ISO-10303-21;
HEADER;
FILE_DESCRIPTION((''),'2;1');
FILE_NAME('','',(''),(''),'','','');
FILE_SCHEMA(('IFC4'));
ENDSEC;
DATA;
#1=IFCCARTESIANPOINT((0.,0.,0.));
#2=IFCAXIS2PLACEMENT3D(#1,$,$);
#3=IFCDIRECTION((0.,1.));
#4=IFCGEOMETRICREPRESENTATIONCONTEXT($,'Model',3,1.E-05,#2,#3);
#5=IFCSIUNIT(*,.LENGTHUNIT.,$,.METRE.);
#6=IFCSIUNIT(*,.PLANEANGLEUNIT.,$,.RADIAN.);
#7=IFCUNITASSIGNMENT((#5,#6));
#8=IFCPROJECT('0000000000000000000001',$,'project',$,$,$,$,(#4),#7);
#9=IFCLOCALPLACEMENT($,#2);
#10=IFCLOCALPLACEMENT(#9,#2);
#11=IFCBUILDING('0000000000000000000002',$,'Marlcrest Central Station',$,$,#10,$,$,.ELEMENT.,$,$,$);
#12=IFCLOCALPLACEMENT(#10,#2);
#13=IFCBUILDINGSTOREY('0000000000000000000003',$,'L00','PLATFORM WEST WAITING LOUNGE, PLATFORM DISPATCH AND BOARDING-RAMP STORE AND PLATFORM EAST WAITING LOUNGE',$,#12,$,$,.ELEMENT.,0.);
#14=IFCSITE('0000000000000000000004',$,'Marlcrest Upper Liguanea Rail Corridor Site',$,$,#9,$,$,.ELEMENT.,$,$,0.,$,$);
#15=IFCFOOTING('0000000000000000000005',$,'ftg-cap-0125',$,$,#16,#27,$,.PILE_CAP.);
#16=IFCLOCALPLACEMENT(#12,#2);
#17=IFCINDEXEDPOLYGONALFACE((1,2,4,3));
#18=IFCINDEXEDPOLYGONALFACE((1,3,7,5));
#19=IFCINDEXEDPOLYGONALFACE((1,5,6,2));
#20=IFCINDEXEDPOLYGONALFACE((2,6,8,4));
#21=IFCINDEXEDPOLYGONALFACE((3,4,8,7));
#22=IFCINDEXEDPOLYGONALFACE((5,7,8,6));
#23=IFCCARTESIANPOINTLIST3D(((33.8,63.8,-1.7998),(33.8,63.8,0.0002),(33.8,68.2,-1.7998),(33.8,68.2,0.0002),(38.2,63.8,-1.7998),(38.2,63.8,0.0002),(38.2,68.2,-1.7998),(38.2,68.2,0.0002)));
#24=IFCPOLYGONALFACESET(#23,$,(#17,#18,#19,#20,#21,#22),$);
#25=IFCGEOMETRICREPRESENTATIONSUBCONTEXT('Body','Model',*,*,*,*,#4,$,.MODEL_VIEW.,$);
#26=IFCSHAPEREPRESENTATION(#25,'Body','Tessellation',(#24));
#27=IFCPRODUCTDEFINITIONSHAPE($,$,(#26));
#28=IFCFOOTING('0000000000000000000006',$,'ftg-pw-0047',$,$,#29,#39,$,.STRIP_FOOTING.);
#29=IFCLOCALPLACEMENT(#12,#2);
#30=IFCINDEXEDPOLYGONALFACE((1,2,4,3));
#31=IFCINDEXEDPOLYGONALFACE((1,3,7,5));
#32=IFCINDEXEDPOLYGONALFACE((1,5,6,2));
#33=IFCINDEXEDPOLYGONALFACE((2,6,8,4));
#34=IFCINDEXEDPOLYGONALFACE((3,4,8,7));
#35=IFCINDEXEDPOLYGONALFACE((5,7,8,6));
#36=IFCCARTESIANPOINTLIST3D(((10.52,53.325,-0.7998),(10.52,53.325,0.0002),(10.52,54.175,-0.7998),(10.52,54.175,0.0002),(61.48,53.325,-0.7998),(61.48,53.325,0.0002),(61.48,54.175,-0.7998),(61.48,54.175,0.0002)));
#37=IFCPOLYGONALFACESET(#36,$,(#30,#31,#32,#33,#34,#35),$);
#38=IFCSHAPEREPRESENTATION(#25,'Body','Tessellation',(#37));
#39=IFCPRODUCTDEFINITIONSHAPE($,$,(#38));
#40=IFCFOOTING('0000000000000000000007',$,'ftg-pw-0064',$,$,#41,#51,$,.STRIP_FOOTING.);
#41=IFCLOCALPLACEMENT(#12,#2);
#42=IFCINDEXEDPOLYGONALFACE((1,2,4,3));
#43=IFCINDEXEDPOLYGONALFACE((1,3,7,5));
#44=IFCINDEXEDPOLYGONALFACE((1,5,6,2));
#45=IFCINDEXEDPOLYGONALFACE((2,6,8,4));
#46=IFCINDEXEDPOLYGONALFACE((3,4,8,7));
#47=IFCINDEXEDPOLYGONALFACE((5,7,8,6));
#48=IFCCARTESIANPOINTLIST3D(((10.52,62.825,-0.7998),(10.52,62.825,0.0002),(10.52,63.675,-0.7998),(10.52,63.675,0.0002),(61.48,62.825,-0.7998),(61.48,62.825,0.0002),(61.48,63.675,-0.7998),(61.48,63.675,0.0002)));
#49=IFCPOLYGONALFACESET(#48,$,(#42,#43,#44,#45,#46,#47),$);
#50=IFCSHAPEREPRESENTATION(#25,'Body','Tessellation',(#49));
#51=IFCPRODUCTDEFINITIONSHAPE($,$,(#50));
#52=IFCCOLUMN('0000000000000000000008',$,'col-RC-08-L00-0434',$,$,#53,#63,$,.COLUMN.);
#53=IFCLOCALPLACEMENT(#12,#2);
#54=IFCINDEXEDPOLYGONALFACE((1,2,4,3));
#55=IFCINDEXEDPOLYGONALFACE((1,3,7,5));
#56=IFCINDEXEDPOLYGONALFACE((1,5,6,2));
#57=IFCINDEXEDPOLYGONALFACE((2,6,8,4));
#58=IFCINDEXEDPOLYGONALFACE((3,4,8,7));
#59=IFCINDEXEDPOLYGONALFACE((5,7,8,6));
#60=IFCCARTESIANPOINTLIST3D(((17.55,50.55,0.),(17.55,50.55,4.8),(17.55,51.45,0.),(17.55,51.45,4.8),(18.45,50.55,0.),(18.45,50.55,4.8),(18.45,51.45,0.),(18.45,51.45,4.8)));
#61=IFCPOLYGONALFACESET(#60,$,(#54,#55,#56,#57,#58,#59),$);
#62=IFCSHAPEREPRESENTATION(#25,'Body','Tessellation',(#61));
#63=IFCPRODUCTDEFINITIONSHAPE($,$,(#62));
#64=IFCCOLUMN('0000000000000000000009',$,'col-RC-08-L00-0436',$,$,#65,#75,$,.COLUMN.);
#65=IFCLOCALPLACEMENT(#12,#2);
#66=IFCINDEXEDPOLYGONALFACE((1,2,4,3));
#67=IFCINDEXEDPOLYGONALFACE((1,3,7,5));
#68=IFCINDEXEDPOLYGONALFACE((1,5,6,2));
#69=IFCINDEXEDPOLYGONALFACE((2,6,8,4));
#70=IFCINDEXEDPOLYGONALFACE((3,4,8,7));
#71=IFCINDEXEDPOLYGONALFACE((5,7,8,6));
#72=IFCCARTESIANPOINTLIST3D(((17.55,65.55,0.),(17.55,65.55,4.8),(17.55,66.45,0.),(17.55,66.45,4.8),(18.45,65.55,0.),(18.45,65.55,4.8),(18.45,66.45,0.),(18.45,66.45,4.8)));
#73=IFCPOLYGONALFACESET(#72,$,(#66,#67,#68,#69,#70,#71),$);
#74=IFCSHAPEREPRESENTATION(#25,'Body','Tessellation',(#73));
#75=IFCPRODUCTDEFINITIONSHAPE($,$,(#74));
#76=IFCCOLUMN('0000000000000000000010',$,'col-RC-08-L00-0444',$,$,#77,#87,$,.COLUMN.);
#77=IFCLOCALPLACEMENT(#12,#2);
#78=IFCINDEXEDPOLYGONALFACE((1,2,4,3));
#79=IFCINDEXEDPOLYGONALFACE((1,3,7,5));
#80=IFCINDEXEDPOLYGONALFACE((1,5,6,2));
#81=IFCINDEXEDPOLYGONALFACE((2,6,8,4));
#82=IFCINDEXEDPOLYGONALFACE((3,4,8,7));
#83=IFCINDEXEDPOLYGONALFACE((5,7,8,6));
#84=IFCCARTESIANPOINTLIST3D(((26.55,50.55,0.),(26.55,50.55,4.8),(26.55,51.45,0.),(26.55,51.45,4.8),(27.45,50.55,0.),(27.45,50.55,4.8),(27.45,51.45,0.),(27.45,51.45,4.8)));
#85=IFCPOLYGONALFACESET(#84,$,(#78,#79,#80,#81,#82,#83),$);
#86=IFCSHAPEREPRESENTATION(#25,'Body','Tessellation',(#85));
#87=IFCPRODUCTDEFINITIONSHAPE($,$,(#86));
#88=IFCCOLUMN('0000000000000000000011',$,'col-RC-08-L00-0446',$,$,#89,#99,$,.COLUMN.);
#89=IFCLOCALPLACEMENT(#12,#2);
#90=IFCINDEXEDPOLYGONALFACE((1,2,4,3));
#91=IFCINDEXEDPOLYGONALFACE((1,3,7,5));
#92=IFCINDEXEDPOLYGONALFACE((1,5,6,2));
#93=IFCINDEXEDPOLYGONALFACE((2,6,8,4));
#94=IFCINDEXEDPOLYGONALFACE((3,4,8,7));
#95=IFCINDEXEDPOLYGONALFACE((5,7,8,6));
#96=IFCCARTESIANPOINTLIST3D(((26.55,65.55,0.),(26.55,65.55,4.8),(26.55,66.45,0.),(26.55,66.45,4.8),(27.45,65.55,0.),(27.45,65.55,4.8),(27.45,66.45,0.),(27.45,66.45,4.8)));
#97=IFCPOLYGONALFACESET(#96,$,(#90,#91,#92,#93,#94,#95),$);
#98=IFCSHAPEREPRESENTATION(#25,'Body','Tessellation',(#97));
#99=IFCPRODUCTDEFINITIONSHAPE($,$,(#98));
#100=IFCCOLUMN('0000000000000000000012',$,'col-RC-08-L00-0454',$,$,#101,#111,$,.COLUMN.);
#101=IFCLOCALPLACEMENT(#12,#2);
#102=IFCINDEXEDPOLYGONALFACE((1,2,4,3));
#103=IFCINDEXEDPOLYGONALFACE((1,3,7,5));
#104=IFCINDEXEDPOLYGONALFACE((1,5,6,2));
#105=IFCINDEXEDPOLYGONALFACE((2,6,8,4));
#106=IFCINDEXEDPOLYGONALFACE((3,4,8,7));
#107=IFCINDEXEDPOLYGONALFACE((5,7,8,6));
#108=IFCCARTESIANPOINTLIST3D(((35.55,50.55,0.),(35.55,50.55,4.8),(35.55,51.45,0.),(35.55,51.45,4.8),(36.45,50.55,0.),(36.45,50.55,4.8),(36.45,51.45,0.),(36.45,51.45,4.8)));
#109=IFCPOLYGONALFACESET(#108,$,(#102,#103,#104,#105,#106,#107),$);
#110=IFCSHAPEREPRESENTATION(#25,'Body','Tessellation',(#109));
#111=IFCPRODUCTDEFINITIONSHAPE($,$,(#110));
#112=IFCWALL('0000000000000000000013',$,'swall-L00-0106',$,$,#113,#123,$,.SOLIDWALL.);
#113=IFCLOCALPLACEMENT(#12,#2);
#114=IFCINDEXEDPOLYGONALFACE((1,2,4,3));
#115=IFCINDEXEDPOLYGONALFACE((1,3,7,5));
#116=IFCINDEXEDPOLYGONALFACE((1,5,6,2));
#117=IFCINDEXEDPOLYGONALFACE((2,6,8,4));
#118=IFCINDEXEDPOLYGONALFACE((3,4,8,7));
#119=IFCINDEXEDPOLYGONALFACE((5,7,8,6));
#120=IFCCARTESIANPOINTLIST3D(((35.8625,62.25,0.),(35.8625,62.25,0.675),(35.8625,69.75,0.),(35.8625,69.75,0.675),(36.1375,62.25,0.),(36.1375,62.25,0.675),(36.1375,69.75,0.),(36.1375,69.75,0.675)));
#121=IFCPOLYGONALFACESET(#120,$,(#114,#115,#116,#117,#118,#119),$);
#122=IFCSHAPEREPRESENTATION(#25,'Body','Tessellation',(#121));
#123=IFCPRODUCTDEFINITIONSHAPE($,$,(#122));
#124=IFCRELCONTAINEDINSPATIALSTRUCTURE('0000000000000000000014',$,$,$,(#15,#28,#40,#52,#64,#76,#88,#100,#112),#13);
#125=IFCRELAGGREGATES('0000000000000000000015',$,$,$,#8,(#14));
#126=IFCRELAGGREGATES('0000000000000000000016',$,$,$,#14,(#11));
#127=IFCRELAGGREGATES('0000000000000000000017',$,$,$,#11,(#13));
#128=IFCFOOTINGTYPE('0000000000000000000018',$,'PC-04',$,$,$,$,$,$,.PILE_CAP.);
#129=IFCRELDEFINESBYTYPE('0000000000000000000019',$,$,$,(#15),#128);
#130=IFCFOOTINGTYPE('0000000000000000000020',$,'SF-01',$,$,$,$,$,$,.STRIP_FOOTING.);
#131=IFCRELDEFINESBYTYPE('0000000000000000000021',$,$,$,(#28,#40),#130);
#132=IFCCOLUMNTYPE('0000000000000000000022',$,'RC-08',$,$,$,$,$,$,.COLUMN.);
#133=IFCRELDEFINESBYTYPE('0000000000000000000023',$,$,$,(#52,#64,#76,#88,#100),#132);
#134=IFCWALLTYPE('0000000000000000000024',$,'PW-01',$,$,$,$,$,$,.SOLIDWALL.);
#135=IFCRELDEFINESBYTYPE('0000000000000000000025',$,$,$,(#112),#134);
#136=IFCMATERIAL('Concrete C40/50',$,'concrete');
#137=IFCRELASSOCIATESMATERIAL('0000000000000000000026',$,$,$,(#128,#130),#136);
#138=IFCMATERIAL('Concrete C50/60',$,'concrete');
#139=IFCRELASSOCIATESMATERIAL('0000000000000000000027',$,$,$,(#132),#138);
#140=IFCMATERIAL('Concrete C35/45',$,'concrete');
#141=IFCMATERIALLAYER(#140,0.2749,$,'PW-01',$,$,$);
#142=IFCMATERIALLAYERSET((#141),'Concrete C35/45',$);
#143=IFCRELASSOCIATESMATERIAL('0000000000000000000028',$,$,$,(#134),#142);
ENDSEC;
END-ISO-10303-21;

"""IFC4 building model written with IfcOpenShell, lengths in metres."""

from ifc_helpers import new_model, si_unit, direction, frame, frame_2d, origin, origin_2d, place, context, subcontext, project, spatial, rectangle, extrude, material, layer, layer_set, material_profile, profile_set, type_object, element, save


model = new_model("IFC4")

# Units and contexts
model_context = context("Model", 3, precision=1e-05, world=origin(), true_north=direction((0.0, 1.0)))
body_context = subcontext(model_context, "Body", "Model", "MODEL_VIEW")
ifc_project = project(units=[si_unit("LENGTHUNIT", "METRE"), si_unit("PLANEANGLEUNIT", "RADIAN")], contexts=[model_context])

# Site, building, storey
site_placement = place(None, origin())
site = spatial("IfcSite", under=ifc_project, at=site_placement, Name="Marlcrest Upper Liguanea Rail Corridor Site", CompositionType="ELEMENT", RefElevation=0.0)
building_placement = place(site_placement, origin())
building = spatial("IfcBuilding", under=site, at=building_placement, Name="Marlcrest Central Station", CompositionType="ELEMENT")
storey_placement = place(building_placement, origin())
storey = spatial("IfcBuildingStorey", under=building, at=storey_placement, Name="L00", Description="PLATFORM WEST WAITING LOUNGE, PLATFORM DISPATCH AND BOARDING-RAMP STORE AND PLATFORM EAST WAITING LOUNGE", CompositionType="ELEMENT", Elevation=0.0)

# Shared definitions
ifc_material_1 = material(Name="Concrete C35/45", Category="concrete")

# Footings
ifc_material_2 = material(Name="Concrete C40/50", Category="concrete")
footing_type_1 = type_object("IfcFootingType", Name="PC-04", PredefinedType="PILE_CAP", material=ifc_material_2)
for number, where, z_axis, x_axis, name in (
    (1, (36.0, 66.0, -1.7998), (0.0, 0.0, 1.0), (1.0, 0.0, 0.0), "ftg-cap-0125"),
):
    element("IfcFooting", number, at=place(storey_placement, frame(where, z_axis=z_axis, x_axis=x_axis)), inside=storey, type_object=footing_type_1, Name=name, PredefinedType="PILE_CAP", context=body_context, shape_type="SweptSolid", body=[
        extrude(rectangle(XDim=4.3999, YDim=4.3999, at=origin_2d()), origin(), (0.0, 0.0, 1.0), 1.8),
    ])
footing_type_2 = type_object("IfcFootingType", Name="SF-01", PredefinedType="STRIP_FOOTING", material=ifc_material_2)
for number, where, z_axis, x_axis, name in (
    (2, (36.0, 53.75, -0.7998), (0.0, 0.0, 1.0), (1.0, 0.0, 0.0), "ftg-pw-0047"),
    (3, (36.0, 63.25, -0.7998), (0.0, 0.0, 1.0), (1.0, 0.0, 0.0), "ftg-pw-0064"),
):
    element("IfcFooting", number, at=place(storey_placement, frame(where, z_axis=z_axis, x_axis=x_axis)), inside=storey, type_object=footing_type_2, Name=name, PredefinedType="STRIP_FOOTING", context=body_context, shape_type="SweptSolid", body=[
        extrude(rectangle(XDim=50.96, YDim=0.8501, at=origin_2d()), origin(), (0.0, 0.0, 1.0), 0.8),
    ])

# Columns
ifc_material_3 = material(Name="Concrete C50/60", Category="concrete")
ifc_material_profile_1 = material_profile(ifc_material_3, rectangle(XDim=0.8999, YDim=0.8999, at=origin_2d()), Name="RC 900x900")
ifc_profile_set_1 = profile_set([ifc_material_profile_1], Name="Concrete C50/60")
column_type = type_object("IfcColumnType", Name="RC-08", PredefinedType="COLUMN", material=ifc_profile_set_1)
for number, where, z_axis, x_axis, name in (
    (4, (18.0, 51.0, 0.0), (0.0, 0.0, 1.0), (1.0, 0.0, 0.0), "col-RC-08-L00-0434"),
    (5, (18.0, 66.0, 0.0), (0.0, 0.0, 1.0), (1.0, 0.0, 0.0), "col-RC-08-L00-0436"),
    (6, (27.0, 51.0, 0.0), (0.0, 0.0, 1.0), (1.0, 0.0, 0.0), "col-RC-08-L00-0444"),
    (7, (27.0, 66.0, 0.0), (0.0, 0.0, 1.0), (1.0, 0.0, 0.0), "col-RC-08-L00-0446"),
    (8, (36.0, 51.0, 0.0), (0.0, 0.0, 1.0), (1.0, 0.0, 0.0), "col-RC-08-L00-0454"),
):
    element("IfcColumn", number, at=place(storey_placement, frame(where, z_axis=z_axis, x_axis=x_axis)), inside=storey, type_object=column_type, Name=name, PredefinedType="COLUMN", context=body_context, shape_type="SweptSolid", body=[
        extrude(rectangle(XDim=0.8999, YDim=0.8999, at=origin_2d()), origin(), (0.0, 0.0, 1.0), 4.8),
    ])

# Wall
ifc_layer = layer(ifc_material_1, 0.2749, Name="PW-01")
ifc_layer_set = layer_set([ifc_layer], Name="Concrete C35/45")
wall_type = type_object("IfcWallType", Name="PW-01", PredefinedType="SOLIDWALL", material=ifc_layer_set)
wall_placement = place(storey_placement, frame((36.0, 62.25, 0.0), z_axis=(0.0, 0.0, 1.0), x_axis=(0.0, 1.0, 0.0)))
element("IfcWall", 9, at=wall_placement, inside=storey, type_object=wall_type, Name="swall-L00-0106", PredefinedType="SOLIDWALL", context=body_context, shape_type="SweptSolid", body=[
    extrude(rectangle(XDim=7.5, YDim=0.2749, at=frame_2d((3.75, 0.0))), origin(), (0.0, 0.0, 1.0), 0.675),
])

save(model, "model.ifc")
